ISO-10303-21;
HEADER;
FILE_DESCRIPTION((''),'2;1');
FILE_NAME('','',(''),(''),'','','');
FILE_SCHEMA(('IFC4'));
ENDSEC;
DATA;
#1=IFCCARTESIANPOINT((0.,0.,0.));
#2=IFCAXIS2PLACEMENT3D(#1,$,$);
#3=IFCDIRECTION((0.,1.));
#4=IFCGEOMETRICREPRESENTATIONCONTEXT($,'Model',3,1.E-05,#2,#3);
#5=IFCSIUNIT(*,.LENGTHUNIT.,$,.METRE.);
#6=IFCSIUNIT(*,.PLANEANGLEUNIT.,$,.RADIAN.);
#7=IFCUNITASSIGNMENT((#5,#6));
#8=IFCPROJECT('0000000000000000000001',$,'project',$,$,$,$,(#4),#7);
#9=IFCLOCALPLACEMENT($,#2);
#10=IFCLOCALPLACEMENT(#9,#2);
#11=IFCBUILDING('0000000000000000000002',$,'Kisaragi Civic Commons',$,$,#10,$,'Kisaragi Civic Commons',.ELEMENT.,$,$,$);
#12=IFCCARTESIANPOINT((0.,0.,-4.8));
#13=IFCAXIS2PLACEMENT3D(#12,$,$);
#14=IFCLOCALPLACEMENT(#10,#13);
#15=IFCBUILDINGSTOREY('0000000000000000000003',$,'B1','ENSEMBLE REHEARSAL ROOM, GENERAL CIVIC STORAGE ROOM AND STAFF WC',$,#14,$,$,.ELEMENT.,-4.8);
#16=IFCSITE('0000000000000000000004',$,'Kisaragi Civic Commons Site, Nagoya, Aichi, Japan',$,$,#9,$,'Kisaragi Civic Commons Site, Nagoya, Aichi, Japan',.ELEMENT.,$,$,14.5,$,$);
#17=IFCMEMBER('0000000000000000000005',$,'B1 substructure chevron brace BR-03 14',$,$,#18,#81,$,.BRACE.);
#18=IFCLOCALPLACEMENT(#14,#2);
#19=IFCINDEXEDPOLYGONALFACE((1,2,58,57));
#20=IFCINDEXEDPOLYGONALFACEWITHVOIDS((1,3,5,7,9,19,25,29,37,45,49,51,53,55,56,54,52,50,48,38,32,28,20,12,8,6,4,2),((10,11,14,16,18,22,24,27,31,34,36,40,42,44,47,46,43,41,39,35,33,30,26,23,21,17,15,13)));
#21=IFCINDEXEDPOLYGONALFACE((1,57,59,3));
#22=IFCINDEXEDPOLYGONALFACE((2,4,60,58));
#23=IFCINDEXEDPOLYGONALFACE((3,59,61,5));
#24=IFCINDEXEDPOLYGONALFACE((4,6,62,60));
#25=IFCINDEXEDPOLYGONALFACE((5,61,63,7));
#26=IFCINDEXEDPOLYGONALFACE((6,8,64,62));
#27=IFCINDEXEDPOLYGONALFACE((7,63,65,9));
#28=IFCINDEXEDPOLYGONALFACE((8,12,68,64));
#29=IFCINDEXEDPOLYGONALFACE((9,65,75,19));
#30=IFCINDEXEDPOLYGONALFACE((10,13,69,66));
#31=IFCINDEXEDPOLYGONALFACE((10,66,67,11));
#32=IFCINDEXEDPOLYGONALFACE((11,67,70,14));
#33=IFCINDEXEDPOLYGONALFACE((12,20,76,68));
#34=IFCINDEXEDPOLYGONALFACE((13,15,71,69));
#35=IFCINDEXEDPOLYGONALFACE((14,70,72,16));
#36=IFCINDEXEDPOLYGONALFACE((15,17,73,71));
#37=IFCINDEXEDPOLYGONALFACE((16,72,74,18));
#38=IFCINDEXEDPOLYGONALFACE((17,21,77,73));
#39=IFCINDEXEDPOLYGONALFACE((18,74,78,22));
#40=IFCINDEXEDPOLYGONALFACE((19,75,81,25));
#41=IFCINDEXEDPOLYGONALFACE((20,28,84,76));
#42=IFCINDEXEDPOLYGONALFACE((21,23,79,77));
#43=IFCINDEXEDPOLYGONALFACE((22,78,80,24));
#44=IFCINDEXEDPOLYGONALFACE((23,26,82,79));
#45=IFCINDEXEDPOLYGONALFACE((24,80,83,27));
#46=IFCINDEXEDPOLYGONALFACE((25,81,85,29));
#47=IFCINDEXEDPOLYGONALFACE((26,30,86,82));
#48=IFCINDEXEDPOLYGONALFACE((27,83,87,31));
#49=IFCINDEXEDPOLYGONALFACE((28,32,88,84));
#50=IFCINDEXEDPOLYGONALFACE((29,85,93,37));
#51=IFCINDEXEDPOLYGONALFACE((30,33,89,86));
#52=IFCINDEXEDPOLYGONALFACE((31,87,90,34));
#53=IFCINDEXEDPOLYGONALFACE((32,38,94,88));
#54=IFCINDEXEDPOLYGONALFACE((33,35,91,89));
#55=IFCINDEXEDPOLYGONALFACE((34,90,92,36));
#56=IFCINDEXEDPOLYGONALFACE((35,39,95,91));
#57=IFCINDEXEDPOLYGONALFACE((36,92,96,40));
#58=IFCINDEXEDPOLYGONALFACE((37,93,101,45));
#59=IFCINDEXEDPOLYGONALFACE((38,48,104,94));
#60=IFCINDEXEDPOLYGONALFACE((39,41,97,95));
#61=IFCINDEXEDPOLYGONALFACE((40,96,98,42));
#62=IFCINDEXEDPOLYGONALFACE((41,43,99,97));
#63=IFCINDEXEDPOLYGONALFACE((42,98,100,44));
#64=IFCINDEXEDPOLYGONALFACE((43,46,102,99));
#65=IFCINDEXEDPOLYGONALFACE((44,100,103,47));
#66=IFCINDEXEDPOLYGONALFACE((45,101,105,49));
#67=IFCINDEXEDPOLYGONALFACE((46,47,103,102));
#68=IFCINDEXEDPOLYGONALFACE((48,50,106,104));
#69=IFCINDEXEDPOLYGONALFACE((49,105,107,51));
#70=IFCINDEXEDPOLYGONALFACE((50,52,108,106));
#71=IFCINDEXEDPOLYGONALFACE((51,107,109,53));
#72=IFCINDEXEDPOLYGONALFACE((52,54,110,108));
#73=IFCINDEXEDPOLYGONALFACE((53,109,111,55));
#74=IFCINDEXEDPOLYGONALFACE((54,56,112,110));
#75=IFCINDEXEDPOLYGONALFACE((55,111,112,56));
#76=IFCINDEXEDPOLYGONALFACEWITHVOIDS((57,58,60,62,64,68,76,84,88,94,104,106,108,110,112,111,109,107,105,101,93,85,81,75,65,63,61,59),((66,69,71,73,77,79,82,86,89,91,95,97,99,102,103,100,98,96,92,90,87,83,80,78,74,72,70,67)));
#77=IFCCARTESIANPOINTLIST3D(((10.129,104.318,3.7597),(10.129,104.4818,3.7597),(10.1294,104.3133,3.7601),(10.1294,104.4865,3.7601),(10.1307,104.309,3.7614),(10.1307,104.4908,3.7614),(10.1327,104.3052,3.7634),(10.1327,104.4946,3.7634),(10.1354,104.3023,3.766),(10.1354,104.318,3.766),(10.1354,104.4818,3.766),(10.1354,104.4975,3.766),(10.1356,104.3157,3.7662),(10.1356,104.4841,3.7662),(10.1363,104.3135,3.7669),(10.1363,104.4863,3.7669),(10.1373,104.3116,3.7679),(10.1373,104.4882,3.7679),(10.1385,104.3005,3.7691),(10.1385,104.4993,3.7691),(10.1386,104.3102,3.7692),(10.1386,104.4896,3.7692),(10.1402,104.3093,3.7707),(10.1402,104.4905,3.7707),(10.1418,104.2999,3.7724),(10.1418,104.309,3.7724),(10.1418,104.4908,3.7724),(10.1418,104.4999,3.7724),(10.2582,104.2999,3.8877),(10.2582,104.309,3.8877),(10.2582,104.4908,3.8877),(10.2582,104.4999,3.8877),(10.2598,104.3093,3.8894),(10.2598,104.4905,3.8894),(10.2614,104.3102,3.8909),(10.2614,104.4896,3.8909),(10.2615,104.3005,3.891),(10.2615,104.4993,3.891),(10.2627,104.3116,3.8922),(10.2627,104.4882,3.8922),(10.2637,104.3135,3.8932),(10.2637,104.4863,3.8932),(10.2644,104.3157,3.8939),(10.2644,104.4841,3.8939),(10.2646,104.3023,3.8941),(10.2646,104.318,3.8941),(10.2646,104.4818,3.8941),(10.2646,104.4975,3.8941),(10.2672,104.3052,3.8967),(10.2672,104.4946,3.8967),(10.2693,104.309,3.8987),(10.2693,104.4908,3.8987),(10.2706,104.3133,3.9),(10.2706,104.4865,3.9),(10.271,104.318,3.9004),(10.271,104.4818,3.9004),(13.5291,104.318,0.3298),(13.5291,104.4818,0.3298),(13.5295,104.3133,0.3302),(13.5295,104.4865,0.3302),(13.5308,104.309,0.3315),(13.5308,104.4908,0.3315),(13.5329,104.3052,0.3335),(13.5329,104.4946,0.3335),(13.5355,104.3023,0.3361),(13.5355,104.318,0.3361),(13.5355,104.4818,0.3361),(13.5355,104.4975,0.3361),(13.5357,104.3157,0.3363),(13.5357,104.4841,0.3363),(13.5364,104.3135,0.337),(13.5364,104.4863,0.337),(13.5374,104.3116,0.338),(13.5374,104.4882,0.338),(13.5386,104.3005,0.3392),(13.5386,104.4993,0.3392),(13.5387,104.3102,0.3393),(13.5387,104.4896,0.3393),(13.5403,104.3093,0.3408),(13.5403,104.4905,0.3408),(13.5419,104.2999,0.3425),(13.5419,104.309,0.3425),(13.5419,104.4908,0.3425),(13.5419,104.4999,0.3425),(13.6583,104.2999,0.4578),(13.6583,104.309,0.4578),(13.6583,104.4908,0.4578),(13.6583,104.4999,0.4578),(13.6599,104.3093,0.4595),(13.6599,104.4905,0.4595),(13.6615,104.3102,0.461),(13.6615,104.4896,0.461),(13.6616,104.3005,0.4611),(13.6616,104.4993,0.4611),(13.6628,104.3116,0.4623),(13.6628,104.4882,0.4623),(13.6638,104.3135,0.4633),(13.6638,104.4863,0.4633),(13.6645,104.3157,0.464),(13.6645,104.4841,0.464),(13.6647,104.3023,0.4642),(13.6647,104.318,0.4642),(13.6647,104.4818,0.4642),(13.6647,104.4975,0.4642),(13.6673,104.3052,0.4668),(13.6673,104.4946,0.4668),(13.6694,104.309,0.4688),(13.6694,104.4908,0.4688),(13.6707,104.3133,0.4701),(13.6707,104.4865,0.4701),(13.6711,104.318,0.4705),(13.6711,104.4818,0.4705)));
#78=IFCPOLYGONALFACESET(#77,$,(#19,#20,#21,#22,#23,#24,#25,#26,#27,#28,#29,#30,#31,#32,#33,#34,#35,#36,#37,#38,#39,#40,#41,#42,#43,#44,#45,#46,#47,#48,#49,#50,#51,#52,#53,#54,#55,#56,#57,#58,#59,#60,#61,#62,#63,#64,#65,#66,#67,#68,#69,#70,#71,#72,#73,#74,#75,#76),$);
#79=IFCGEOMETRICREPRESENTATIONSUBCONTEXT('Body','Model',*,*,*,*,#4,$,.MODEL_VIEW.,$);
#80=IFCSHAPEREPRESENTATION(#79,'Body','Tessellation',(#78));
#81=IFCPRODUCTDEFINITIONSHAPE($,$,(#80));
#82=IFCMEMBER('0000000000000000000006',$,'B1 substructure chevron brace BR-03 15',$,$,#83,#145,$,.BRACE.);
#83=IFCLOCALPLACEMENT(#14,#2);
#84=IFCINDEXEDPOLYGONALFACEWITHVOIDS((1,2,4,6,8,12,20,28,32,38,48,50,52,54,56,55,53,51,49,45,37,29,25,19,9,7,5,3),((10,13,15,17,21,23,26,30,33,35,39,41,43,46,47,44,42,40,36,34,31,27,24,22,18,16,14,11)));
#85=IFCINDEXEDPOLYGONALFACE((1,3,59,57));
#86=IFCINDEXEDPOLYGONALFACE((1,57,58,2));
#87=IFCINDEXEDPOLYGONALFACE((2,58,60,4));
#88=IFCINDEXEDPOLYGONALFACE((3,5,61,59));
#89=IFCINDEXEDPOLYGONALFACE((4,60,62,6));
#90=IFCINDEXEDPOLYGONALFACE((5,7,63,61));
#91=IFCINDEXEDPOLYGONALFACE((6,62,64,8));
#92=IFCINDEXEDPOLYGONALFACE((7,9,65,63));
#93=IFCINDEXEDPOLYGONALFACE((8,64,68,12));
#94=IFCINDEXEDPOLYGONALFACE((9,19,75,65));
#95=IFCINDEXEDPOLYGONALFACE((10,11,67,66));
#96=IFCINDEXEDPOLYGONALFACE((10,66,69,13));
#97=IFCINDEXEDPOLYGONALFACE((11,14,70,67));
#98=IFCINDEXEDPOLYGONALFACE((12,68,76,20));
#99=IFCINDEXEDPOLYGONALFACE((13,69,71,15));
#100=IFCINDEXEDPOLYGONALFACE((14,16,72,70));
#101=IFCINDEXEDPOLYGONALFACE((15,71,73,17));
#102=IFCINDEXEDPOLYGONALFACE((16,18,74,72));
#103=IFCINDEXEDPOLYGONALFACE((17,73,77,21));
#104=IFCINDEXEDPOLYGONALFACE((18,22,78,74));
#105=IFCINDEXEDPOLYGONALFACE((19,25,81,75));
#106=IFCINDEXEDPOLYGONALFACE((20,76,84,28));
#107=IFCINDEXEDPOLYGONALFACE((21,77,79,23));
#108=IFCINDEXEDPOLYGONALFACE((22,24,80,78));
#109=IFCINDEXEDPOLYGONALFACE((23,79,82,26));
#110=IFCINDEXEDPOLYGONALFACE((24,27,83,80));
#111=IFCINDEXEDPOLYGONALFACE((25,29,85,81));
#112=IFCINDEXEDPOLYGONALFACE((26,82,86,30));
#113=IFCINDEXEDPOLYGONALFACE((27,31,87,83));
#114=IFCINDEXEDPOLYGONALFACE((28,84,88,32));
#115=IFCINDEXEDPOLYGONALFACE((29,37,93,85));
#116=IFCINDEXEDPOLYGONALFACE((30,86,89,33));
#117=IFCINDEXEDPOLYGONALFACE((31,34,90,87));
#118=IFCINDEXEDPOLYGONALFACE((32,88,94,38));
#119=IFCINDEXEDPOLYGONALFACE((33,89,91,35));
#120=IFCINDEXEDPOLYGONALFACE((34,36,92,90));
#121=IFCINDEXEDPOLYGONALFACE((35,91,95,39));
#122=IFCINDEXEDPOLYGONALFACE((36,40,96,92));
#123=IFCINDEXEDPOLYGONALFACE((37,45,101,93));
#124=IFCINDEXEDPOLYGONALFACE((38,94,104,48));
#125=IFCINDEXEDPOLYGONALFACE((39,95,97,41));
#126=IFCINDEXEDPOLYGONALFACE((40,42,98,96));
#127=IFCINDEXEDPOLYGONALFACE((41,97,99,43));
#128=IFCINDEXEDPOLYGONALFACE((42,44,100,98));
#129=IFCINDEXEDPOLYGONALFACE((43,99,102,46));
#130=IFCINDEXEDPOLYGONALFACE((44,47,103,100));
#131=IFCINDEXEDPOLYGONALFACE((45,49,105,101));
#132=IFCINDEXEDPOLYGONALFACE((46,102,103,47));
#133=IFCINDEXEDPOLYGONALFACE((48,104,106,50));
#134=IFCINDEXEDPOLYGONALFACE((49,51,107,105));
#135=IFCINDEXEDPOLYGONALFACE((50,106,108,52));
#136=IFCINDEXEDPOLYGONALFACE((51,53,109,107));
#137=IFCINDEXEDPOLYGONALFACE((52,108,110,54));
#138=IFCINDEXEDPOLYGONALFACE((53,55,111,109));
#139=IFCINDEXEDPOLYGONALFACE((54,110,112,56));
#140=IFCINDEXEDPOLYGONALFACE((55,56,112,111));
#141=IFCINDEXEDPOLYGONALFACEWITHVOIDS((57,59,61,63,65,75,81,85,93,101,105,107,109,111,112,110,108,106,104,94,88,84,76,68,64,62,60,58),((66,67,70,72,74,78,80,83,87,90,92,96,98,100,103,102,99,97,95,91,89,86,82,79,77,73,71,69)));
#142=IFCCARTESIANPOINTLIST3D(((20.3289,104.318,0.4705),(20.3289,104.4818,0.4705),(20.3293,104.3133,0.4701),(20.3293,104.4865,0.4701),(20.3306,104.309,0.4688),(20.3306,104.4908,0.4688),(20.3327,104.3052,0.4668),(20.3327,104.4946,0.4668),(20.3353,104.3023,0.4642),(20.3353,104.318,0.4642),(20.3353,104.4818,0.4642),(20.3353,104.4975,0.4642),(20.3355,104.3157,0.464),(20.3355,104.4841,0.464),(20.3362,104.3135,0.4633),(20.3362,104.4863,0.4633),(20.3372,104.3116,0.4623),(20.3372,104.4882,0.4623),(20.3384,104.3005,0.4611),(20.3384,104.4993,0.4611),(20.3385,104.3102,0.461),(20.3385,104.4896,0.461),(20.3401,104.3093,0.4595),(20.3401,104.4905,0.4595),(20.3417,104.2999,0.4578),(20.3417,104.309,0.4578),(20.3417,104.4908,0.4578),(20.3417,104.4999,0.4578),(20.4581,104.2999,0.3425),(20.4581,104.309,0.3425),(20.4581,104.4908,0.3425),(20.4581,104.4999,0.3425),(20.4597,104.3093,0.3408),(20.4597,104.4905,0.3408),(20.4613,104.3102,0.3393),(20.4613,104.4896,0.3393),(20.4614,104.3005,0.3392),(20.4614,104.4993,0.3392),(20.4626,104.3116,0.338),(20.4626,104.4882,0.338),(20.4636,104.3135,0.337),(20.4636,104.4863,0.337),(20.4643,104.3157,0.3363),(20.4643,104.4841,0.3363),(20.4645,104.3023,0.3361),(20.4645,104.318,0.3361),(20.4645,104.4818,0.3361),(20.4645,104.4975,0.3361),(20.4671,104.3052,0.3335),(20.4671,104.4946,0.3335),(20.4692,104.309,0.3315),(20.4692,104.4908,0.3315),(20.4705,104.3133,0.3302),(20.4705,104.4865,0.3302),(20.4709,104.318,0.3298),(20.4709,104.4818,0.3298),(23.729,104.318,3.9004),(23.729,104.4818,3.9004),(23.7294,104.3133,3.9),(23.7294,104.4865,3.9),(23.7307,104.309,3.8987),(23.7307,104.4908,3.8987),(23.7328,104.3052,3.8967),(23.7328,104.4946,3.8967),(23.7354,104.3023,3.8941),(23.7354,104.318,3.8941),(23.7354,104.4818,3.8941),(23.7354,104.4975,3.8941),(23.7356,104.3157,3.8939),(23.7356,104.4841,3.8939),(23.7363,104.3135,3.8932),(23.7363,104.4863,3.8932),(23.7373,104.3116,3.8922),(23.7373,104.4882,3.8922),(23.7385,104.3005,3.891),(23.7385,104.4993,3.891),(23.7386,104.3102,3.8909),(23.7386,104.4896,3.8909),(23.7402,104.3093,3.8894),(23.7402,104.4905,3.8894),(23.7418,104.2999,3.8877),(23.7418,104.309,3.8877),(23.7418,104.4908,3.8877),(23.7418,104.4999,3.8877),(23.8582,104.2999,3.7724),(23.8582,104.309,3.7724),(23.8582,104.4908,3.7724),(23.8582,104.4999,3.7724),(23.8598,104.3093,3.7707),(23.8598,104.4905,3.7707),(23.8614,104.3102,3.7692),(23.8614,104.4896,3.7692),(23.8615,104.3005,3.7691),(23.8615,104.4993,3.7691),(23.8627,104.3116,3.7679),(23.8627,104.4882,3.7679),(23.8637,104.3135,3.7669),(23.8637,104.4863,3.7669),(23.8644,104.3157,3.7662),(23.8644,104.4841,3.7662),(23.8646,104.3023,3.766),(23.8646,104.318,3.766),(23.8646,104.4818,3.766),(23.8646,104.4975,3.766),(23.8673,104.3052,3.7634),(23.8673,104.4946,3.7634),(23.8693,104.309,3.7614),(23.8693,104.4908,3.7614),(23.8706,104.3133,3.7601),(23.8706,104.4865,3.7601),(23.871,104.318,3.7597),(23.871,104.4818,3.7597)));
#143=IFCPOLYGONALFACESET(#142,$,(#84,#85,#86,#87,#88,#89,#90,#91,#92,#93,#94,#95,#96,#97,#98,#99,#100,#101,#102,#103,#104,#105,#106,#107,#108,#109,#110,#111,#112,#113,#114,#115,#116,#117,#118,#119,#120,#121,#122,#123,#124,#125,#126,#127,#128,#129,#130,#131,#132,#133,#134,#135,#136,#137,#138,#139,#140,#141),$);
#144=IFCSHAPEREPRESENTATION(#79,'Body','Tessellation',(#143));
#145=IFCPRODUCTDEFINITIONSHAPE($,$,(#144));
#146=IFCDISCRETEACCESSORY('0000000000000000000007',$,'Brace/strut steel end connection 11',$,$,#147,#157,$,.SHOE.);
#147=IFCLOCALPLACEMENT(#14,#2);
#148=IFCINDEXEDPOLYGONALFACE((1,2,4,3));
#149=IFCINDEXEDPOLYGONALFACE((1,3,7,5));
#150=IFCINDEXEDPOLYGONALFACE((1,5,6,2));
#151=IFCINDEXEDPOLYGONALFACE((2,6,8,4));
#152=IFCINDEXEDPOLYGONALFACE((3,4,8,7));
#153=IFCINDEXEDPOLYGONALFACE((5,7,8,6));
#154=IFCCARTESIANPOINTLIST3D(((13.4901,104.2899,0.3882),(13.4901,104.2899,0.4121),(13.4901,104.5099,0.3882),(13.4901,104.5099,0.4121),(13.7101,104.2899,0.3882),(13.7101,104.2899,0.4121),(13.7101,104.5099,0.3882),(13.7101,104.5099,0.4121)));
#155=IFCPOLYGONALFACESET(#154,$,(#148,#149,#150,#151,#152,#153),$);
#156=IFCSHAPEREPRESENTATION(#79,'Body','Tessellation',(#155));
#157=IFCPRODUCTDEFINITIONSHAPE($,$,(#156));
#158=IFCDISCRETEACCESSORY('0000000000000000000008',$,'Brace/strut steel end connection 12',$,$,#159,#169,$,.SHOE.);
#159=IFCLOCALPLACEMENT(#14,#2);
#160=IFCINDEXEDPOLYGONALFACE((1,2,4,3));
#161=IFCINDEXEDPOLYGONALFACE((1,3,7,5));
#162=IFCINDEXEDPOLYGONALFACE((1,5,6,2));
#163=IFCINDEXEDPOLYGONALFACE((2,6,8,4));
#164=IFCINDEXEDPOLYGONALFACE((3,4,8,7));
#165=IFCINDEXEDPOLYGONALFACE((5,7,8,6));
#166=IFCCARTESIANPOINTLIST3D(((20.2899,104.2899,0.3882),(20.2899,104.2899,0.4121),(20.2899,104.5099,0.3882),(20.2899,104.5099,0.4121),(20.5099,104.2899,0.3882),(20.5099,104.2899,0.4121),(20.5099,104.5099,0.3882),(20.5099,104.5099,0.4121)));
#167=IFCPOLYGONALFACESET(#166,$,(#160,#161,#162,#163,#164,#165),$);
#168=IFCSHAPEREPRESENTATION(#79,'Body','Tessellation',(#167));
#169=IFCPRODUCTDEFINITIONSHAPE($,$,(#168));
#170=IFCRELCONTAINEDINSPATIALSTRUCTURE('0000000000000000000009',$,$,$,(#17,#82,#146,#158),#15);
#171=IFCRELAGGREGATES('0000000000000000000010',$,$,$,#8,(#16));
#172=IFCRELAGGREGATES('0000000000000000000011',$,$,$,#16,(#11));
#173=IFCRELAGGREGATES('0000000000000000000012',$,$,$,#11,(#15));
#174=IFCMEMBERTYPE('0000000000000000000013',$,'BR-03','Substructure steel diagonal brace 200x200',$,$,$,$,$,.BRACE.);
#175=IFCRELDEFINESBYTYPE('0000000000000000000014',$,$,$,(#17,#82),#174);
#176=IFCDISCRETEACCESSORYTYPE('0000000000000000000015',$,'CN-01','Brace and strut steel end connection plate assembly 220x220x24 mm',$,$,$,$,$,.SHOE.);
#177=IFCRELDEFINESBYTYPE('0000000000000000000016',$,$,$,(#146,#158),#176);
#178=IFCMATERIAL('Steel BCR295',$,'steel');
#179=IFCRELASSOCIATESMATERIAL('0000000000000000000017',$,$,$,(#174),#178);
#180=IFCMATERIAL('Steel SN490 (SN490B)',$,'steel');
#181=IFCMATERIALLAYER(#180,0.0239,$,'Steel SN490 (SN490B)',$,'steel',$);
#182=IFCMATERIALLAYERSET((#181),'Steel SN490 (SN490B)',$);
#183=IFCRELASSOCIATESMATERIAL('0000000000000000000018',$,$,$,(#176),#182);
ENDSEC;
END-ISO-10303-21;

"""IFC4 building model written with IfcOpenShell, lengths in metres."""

from ifc_helpers import new_model, si_unit, direction, frame, origin, origin_2d, place, context, subcontext, project, spatial, rectangle, hollow_rectangle, extrude, material, layer, layer_set, material_profile, profile_set, type_object, element, save


model = new_model("IFC4")

# Units and contexts
model_context = context("Model", 3, precision=1e-05, world=origin(), true_north=direction((0.0, 1.0)))
body_context = subcontext(model_context, "Body", "Model", "MODEL_VIEW")
ifc_project = project(units=[si_unit("LENGTHUNIT", "METRE"), si_unit("PLANEANGLEUNIT", "RADIAN")], contexts=[model_context])

# Site, building, storey
site_placement = place(None, origin())
site = spatial("IfcSite", under=ifc_project, at=site_placement, Name="Kisaragi Civic Commons Site, Nagoya, Aichi, Japan", LongName="Kisaragi Civic Commons Site, Nagoya, Aichi, Japan", CompositionType="ELEMENT", RefElevation=14.5)
building_placement = place(site_placement, origin())
building = spatial("IfcBuilding", under=site, at=building_placement, Name="Kisaragi Civic Commons", LongName="Kisaragi Civic Commons", CompositionType="ELEMENT")
storey_placement = place(building_placement, frame((0.0, 0.0, -4.8)))
storey = spatial("IfcBuildingStorey", under=building, at=storey_placement, Name="B1", Description="ENSEMBLE REHEARSAL ROOM, GENERAL CIVIC STORAGE ROOM AND STAFF WC", CompositionType="ELEMENT", Elevation=-4.8)

# Members
ifc_material_1 = material(Name="Steel BCR295", Category="steel")
ifc_material_profile_1 = material_profile(ifc_material_1, hollow_rectangle(XDim=0.2, YDim=0.2, WallThickness=0.009, InnerFilletRadius=0.009, OuterFilletRadius=0.0181, at=origin_2d()), Name="BCR-200x200x9", Category="steel")
ifc_profile_set_1 = profile_set([ifc_material_profile_1], Name="Steel BCR295")
member_type = type_object("IfcMemberType", Name="BR-03", Description="Substructure steel diagonal brace 200x200", PredefinedType="BRACE", material=ifc_profile_set_1)
for number, where, z_axis, x_axis, name in (
    (1, (13.6001, 104.3999, 0.4001), (-0.704016, 0.0, 0.710184), (0.0, -1.0, 0.0), "B1 substructure chevron brace BR-03 14"),
    (2, (20.3999, 104.3999, 0.4001), (0.704016, 0.0, 0.710184), (0.0, 1.0, 0.0), "B1 substructure chevron brace BR-03 15"),
):
    element("IfcMember", number, at=place(storey_placement, frame(where, z_axis=z_axis, x_axis=x_axis)), inside=storey, type_object=member_type, Name=name, PredefinedType="BRACE", context=body_context, shape_type="SweptSolid", body=[
        extrude(hollow_rectangle(XDim=0.2, YDim=0.2, WallThickness=0.009, InnerFilletRadius=0.009, OuterFilletRadius=0.0181, at=origin_2d()), origin(), (0.0, 0.0, 1.0), 4.8296),
    ])

# Discrete accessories
ifc_material_2 = material(Name="Steel SN490 (SN490B)", Category="steel")
ifc_layer = layer(ifc_material_2, 0.0239, Name="Steel SN490 (SN490B)", Category="steel")
ifc_layer_set = layer_set([ifc_layer], Name="Steel SN490 (SN490B)")
discrete_accessory_type = type_object("IfcDiscreteAccessoryType", Name="CN-01", Description="Brace and strut steel end connection plate assembly 220x220x24 mm", PredefinedType="SHOE", material=ifc_layer_set)
for number, where, z_axis, x_axis, name in (
    (3, (13.6001, 104.3999, 0.3882), (0.0, 0.0, 1.0), (1.0, 0.0, 0.0), "Brace/strut steel end connection 11"),
    (4, (20.3999, 104.3999, 0.3882), (0.0, 0.0, 1.0), (1.0, 0.0, 0.0), "Brace/strut steel end connection 12"),
):
    element("IfcDiscreteAccessory", number, at=place(storey_placement, frame(where, z_axis=z_axis, x_axis=x_axis)), inside=storey, type_object=discrete_accessory_type, Name=name, PredefinedType="SHOE", context=body_context, shape_type="SweptSolid", body=[
        extrude(rectangle(XDim=0.22, YDim=0.22, at=origin_2d()), origin(), (0.0, 0.0, 1.0), 0.0239),
    ])

save(model, "model.ifc")
